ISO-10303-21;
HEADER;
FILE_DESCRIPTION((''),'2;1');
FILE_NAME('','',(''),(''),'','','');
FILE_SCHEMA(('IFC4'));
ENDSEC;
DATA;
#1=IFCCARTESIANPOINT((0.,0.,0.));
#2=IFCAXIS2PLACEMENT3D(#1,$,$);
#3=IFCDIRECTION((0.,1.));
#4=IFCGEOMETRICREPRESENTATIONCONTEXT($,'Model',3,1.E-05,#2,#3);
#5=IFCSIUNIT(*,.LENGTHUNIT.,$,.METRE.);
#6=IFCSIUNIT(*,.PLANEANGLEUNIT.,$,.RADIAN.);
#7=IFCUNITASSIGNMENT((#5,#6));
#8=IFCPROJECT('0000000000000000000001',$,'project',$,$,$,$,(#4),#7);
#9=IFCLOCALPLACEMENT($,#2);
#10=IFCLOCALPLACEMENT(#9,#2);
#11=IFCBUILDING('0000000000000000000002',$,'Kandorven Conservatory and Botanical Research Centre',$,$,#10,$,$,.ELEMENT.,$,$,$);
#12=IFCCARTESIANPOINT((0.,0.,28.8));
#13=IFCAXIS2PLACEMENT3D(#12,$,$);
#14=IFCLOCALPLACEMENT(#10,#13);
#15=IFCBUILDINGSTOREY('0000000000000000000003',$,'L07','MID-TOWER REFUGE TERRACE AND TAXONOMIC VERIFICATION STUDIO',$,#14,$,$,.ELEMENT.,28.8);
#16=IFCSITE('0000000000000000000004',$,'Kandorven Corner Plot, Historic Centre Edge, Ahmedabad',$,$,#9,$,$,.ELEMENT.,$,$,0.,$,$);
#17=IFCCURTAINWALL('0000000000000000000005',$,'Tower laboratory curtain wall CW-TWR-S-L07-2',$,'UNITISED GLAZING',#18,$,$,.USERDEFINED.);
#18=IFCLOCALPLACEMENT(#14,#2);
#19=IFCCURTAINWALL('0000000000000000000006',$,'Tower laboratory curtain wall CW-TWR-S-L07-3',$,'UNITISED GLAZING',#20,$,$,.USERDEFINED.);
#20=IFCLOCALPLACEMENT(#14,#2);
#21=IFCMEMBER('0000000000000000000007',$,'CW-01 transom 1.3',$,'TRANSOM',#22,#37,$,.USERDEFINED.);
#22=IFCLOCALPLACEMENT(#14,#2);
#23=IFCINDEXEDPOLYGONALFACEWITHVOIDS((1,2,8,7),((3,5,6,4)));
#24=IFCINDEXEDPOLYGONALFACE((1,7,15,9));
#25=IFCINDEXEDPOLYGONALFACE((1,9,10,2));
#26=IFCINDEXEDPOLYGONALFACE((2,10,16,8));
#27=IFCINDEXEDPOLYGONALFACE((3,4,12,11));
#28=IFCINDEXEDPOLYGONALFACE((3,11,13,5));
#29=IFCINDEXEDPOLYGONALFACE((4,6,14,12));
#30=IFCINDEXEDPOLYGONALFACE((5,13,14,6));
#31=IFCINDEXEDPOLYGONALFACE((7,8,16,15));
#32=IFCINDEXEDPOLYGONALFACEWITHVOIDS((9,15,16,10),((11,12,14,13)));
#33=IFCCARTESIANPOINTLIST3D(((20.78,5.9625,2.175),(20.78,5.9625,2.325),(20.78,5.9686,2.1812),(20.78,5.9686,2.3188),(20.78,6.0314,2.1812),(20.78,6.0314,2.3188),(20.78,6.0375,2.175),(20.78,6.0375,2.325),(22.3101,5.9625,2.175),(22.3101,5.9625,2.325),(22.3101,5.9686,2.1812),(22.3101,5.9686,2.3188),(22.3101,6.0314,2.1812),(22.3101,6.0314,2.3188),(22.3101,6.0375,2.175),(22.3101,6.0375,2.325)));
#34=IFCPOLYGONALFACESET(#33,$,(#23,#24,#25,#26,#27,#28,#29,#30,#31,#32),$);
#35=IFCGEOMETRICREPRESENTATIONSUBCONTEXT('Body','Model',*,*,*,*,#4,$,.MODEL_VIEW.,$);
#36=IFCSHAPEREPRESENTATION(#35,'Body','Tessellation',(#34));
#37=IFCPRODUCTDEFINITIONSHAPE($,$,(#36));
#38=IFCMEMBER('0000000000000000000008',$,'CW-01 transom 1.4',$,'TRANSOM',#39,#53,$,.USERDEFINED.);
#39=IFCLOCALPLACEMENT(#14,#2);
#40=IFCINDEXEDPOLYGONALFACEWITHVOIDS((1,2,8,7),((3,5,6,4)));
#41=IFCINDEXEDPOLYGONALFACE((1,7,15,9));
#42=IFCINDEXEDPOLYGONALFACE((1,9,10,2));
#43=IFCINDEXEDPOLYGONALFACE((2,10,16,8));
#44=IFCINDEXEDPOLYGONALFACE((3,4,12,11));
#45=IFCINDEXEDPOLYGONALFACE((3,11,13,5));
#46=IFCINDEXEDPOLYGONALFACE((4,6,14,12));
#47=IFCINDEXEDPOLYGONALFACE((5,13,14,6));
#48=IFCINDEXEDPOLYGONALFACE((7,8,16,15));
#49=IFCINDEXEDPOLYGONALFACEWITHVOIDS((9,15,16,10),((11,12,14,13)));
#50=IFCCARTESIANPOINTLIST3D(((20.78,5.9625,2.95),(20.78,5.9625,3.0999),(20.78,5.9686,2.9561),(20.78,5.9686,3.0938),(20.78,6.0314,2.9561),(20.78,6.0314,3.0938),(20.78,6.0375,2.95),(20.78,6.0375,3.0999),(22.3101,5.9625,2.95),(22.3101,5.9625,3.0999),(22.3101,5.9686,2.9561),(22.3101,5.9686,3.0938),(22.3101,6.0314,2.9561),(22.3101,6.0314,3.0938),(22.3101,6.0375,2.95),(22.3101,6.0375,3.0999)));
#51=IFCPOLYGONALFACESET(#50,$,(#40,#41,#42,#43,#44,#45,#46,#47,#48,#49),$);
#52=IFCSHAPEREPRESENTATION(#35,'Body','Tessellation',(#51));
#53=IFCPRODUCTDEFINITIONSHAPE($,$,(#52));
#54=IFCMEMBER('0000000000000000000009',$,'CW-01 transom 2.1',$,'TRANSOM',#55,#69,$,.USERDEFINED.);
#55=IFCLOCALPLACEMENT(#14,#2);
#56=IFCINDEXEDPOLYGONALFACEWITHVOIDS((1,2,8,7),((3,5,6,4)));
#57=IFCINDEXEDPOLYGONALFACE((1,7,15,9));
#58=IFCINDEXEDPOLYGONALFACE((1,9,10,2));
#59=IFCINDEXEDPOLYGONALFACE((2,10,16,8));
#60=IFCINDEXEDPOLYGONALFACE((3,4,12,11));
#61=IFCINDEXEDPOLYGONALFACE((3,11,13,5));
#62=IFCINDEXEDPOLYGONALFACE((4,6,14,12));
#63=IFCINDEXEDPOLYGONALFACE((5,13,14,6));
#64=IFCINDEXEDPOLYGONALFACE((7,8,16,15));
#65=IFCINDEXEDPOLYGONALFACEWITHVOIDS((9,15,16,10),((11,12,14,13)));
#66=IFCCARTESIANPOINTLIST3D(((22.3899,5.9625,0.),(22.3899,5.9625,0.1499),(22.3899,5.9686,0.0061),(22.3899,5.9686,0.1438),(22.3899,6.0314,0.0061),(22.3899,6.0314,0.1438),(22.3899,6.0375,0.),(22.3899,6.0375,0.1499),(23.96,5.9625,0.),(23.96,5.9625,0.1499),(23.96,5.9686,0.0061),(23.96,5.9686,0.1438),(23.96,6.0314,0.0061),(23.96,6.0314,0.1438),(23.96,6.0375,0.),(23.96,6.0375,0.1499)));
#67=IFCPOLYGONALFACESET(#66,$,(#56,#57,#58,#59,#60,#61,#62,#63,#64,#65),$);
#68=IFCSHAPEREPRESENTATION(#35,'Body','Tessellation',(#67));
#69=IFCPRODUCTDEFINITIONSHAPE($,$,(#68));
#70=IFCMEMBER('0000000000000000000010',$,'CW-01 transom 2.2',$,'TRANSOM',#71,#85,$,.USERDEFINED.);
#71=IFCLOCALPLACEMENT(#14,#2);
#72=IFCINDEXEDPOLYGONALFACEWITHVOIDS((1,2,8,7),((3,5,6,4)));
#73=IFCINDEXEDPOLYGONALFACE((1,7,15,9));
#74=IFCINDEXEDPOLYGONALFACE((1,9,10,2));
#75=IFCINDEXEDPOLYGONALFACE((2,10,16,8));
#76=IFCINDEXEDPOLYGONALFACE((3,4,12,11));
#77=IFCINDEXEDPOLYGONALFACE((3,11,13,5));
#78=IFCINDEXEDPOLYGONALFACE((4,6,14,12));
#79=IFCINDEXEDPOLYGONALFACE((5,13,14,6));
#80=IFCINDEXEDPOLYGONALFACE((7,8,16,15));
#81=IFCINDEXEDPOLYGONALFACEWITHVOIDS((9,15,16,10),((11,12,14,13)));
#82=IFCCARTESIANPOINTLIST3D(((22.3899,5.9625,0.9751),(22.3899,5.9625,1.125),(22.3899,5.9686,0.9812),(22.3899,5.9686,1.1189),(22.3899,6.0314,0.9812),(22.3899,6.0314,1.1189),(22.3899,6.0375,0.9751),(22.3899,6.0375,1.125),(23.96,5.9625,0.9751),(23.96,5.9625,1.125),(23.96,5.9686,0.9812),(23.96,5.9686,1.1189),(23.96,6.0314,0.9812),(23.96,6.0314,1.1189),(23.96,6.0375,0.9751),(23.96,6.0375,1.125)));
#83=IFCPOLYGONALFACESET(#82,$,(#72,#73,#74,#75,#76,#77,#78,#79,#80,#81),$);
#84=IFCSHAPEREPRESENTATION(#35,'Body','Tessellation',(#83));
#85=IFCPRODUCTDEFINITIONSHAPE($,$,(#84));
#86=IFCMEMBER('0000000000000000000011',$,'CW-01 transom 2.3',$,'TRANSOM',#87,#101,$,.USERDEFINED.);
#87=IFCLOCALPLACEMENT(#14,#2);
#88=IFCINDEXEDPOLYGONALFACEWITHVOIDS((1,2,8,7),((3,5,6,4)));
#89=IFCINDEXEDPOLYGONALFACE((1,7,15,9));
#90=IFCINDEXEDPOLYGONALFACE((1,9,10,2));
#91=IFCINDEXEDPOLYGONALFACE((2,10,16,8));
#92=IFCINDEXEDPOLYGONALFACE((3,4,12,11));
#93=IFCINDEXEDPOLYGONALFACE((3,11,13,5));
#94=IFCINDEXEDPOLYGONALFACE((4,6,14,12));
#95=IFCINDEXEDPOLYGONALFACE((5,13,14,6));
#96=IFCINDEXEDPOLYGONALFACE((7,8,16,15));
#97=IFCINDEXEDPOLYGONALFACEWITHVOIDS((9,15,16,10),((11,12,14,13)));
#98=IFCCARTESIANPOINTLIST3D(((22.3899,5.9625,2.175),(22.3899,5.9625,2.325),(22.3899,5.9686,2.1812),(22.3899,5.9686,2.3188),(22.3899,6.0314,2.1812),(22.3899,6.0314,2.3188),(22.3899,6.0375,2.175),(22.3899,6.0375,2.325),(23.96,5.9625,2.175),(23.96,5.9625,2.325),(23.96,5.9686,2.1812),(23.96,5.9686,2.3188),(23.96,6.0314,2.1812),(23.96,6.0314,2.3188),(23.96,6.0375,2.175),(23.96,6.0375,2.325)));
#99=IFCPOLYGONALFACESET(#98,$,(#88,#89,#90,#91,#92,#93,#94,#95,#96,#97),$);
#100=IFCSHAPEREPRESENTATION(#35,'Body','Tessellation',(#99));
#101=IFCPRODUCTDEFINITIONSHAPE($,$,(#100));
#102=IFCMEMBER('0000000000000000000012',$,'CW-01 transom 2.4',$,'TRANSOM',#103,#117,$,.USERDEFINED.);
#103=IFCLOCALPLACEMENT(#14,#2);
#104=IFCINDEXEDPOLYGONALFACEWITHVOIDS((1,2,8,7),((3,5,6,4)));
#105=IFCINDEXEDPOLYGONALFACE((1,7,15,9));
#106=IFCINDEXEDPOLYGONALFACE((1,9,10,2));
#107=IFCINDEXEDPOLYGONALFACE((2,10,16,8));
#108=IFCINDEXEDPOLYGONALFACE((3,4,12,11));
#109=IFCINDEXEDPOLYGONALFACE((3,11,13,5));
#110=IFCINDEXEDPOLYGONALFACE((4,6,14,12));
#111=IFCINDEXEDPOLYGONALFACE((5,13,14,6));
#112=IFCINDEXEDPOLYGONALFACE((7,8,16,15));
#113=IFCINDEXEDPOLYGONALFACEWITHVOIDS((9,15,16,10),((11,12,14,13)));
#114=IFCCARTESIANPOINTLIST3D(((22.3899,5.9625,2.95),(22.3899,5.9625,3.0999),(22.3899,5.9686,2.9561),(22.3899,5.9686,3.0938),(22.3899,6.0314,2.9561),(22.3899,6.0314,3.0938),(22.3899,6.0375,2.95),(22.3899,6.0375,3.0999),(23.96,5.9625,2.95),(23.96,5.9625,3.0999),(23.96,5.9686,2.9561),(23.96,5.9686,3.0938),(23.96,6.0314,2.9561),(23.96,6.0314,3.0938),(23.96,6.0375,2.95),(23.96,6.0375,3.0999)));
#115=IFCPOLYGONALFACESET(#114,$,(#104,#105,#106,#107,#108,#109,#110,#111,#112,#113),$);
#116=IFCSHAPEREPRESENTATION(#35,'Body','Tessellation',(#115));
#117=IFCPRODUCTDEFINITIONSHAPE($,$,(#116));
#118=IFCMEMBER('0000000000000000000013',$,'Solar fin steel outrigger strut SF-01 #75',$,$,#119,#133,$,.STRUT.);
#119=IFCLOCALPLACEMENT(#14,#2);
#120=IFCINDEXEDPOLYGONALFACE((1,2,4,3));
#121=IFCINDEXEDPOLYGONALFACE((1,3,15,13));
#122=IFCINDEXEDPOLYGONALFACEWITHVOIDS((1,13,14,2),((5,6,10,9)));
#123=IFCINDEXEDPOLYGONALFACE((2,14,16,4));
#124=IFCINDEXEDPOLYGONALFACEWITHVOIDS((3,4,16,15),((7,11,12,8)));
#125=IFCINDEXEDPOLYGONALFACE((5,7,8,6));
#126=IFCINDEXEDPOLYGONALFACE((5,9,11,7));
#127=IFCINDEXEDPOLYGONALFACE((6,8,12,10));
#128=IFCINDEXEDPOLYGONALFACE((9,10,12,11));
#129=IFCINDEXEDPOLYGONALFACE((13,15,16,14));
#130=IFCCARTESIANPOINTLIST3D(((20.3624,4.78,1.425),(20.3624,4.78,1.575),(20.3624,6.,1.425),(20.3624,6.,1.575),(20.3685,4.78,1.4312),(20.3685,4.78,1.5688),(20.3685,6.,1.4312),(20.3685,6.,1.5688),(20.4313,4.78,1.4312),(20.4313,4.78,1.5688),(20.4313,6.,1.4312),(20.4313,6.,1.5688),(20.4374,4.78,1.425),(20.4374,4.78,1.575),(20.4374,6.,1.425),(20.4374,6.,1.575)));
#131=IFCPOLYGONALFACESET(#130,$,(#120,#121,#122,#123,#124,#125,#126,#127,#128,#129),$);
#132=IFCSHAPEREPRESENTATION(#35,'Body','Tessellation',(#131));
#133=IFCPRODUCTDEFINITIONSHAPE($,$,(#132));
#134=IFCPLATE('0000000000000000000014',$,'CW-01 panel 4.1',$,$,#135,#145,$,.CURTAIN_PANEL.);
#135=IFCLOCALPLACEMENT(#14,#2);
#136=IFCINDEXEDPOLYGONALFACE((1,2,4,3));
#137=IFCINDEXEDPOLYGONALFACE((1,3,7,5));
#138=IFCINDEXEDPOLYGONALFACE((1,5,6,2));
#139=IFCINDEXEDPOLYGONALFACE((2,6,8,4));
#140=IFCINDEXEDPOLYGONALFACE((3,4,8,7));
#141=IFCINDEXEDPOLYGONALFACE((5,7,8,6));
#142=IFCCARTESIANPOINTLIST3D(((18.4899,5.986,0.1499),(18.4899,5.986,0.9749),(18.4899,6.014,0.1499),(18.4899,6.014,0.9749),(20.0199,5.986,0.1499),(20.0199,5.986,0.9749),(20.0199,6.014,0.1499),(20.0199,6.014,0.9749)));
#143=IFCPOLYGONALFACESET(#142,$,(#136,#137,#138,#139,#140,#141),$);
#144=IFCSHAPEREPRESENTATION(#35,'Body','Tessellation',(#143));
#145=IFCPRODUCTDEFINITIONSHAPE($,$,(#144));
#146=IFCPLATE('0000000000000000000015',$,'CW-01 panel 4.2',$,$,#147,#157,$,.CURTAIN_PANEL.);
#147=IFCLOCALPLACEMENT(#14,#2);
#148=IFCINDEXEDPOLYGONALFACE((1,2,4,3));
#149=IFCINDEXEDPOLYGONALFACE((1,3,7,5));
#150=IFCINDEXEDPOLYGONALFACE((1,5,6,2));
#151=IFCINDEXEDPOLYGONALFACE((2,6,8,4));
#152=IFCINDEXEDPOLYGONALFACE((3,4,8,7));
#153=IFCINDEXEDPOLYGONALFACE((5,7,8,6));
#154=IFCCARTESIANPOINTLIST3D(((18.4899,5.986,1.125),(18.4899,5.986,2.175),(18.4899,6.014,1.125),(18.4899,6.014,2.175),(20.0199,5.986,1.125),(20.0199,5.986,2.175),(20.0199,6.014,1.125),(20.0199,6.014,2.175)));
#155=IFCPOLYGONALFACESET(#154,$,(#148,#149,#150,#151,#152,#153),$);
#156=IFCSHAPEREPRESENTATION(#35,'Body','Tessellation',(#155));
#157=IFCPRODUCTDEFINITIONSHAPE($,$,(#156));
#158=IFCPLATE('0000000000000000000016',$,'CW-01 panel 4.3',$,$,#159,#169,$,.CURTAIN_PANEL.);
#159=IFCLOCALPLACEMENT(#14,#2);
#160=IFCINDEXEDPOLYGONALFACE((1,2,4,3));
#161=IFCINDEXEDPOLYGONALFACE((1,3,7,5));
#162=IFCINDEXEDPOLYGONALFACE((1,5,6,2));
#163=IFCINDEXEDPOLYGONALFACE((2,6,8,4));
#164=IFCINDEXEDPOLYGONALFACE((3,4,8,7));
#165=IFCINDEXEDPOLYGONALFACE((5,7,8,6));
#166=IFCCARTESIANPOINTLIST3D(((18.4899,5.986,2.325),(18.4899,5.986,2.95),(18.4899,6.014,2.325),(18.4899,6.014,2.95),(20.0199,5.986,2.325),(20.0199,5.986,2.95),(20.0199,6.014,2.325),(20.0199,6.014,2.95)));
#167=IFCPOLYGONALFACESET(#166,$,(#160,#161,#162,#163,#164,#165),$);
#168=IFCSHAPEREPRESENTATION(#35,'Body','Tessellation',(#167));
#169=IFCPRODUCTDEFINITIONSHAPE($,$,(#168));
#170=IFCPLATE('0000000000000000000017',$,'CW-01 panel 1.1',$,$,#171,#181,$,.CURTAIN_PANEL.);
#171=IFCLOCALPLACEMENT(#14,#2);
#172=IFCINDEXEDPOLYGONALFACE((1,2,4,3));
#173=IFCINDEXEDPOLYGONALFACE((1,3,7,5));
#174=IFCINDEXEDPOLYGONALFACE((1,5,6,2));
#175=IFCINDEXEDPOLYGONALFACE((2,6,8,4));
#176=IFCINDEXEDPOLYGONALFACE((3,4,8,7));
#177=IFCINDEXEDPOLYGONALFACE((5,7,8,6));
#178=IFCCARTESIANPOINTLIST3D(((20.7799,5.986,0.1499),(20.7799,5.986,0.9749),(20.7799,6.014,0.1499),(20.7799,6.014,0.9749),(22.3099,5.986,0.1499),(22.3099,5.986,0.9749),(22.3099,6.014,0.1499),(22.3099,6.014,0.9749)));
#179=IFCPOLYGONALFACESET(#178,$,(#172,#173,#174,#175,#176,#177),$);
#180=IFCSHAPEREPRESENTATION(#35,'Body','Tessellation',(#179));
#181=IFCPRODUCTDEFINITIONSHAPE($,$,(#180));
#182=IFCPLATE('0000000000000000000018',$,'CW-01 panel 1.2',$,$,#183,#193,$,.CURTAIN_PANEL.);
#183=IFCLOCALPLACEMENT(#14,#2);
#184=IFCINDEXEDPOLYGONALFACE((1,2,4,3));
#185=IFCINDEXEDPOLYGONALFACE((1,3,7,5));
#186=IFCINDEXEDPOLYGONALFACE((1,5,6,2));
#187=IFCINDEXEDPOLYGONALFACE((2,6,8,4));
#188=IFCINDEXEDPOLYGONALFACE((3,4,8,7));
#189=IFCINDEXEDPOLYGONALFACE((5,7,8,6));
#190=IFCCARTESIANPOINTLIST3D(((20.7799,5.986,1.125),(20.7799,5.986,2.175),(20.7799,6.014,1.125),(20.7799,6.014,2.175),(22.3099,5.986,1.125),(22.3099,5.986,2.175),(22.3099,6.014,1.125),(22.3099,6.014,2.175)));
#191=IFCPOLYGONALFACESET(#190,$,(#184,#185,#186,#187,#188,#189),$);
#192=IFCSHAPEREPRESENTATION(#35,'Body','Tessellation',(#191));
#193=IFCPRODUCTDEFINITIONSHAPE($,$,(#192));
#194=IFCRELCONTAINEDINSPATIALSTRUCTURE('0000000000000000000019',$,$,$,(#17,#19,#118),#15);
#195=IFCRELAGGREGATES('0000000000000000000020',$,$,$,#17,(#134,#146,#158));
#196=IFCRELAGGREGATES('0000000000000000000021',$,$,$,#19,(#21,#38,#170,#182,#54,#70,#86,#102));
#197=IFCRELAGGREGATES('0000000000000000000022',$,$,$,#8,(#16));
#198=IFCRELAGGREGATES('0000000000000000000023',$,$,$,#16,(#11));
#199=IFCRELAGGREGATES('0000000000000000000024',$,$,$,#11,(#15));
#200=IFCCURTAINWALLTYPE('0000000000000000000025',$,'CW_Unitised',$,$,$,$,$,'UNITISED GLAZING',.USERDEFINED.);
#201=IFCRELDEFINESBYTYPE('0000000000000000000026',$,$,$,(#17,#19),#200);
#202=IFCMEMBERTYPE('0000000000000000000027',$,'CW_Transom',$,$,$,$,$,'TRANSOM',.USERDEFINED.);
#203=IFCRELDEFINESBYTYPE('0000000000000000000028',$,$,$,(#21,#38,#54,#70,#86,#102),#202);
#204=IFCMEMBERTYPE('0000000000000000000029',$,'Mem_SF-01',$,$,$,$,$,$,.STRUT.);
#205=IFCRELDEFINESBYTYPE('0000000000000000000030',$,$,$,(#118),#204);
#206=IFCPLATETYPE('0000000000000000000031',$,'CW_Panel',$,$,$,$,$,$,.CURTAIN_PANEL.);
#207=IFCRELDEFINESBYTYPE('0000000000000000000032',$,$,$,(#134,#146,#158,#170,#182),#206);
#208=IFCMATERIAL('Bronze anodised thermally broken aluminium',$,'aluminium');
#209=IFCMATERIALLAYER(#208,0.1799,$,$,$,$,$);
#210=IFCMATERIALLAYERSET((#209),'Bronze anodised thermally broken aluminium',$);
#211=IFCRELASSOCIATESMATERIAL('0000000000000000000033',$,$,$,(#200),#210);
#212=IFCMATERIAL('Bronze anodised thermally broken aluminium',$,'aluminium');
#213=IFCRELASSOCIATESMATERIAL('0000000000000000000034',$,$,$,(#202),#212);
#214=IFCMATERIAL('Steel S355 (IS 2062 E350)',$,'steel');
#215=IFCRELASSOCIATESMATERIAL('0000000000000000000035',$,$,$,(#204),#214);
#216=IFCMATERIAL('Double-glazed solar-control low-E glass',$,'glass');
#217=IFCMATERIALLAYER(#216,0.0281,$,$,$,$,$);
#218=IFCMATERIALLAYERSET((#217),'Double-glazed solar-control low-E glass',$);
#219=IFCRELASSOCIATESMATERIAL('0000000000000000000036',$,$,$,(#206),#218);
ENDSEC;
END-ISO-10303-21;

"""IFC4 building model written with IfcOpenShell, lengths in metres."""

from ifc_helpers import new_model, si_unit, direction, frame, origin, origin_2d, place, context, subcontext, project, spatial, rectangle, hollow_rectangle, extrude, material, layer, layer_set, material_profile, profile_set, type_object, element, aggregate, save


model = new_model("IFC4")

# Units and contexts
model_context = context("Model", 3, precision=1e-05, world=origin(), true_north=direction((0.0, 1.0)))
body_context = subcontext(model_context, "Body", "Model", "MODEL_VIEW")
ifc_project = project(units=[si_unit("LENGTHUNIT", "METRE"), si_unit("PLANEANGLEUNIT", "RADIAN")], contexts=[model_context])

# Site, building, storey
site_placement = place(None, origin())
site = spatial("IfcSite", under=ifc_project, at=site_placement, Name="Kandorven Corner Plot, Historic Centre Edge, Ahmedabad", CompositionType="ELEMENT", RefElevation=0.0)
building_placement = place(site_placement, origin())
building = spatial("IfcBuilding", under=site, at=building_placement, Name="Kandorven Conservatory and Botanical Research Centre", CompositionType="ELEMENT")
storey_placement = place(building_placement, frame((0.0, 0.0, 28.8)))
storey = spatial("IfcBuildingStorey", under=building, at=storey_placement, Name="L07", Description="MID-TOWER REFUGE TERRACE AND TAXONOMIC VERIFICATION STUDIO", CompositionType="ELEMENT", Elevation=28.8)

# Curtain wall
ifc_material_1 = material(Name="Bronze anodised thermally broken aluminium", Category="aluminium")
ifc_layer_1 = layer(ifc_material_1, 0.1799)
ifc_layer_set_1 = layer_set([ifc_layer_1], Name="Bronze anodised thermally broken aluminium")
curtain_wall_type = type_object("IfcCurtainWallType", Name="CW_Unitised", ElementType="UNITISED GLAZING", PredefinedType="USERDEFINED", material=ifc_layer_set_1)
curtain_wall_1_placement = place(storey_placement, origin())
curtain_wall_1 = element("IfcCurtainWall", 1, at=curtain_wall_1_placement, inside=storey, type_object=curtain_wall_type, Name="Tower laboratory curtain wall CW-TWR-S-L07-2", ObjectType="UNITISED GLAZING", PredefinedType="USERDEFINED")

# Curtain wall
curtain_wall_2_placement = place(storey_placement, origin())
curtain_wall_2 = element("IfcCurtainWall", 2, at=curtain_wall_2_placement, inside=storey, type_object=curtain_wall_type, Name="Tower laboratory curtain wall CW-TWR-S-L07-3", ObjectType="UNITISED GLAZING", PredefinedType="USERDEFINED")

# Members
ifc_material_2 = material(Name="Bronze anodised thermally broken aluminium", Category="aluminium")
ifc_material_profile_1 = material_profile(ifc_material_2, hollow_rectangle(XDim=0.075, YDim=0.1499, WallThickness=0.0061, at=origin_2d()))
ifc_profile_set_1 = profile_set([ifc_material_profile_1], Name="Bronze anodised thermally broken aluminium")
member_type_1 = type_object("IfcMemberType", Name="CW_Transom", ElementType="TRANSOM", PredefinedType="USERDEFINED", material=ifc_profile_set_1)
member_1_placement = place(storey_placement, frame((20.78, 6.0, 2.25), z_axis=(1.0, 0.0, 0.0), x_axis=(0.0, 1.0, 0.0)))
member_1 = element("IfcMember", 3, at=member_1_placement, type_object=member_type_1, Name="CW-01 transom 1.3", ObjectType="TRANSOM", PredefinedType="USERDEFINED", context=body_context, shape_type="SweptSolid", body=[
    extrude(hollow_rectangle(XDim=0.075, YDim=0.1499, WallThickness=0.0061, at=origin_2d()), origin(), (0.0, 0.0, 1.0), 1.53),
])
member_2_placement = place(storey_placement, frame((20.78, 6.0, 3.0249), z_axis=(1.0, 0.0, 0.0), x_axis=(0.0, 1.0, 0.0)))
member_2 = element("IfcMember", 4, at=member_2_placement, type_object=member_type_1, Name="CW-01 transom 1.4", ObjectType="TRANSOM", PredefinedType="USERDEFINED", context=body_context, shape_type="SweptSolid", body=[
    extrude(hollow_rectangle(XDim=0.075, YDim=0.1499, WallThickness=0.0061, at=origin_2d()), origin(), (0.0, 0.0, 1.0), 1.53),
])
member_3_placement = place(storey_placement, frame((22.3899, 6.0, 0.075), z_axis=(1.0, 0.0, 0.0), x_axis=(0.0, 1.0, 0.0)))
member_3 = element("IfcMember", 5, at=member_3_placement, type_object=member_type_1, Name="CW-01 transom 2.1", ObjectType="TRANSOM", PredefinedType="USERDEFINED", context=body_context, shape_type="SweptSolid", body=[
    extrude(hollow_rectangle(XDim=0.075, YDim=0.1499, WallThickness=0.0061, at=origin_2d()), origin(), (0.0, 0.0, 1.0), 1.5701),
])
member_4_placement = place(storey_placement, frame((22.3899, 6.0, 1.05), z_axis=(1.0, 0.0, 0.0), x_axis=(0.0, 1.0, 0.0)))
member_4 = element("IfcMember", 6, at=member_4_placement, type_object=member_type_1, Name="CW-01 transom 2.2", ObjectType="TRANSOM", PredefinedType="USERDEFINED", context=body_context, shape_type="SweptSolid", body=[
    extrude(hollow_rectangle(XDim=0.075, YDim=0.1499, WallThickness=0.0061, at=origin_2d()), origin(), (0.0, 0.0, 1.0), 1.5701),
])
member_5_placement = place(storey_placement, frame((22.3899, 6.0, 2.25), z_axis=(1.0, 0.0, 0.0), x_axis=(0.0, 1.0, 0.0)))
member_5 = element("IfcMember", 7, at=member_5_placement, type_object=member_type_1, Name="CW-01 transom 2.3", ObjectType="TRANSOM", PredefinedType="USERDEFINED", context=body_context, shape_type="SweptSolid", body=[
    extrude(hollow_rectangle(XDim=0.075, YDim=0.1499, WallThickness=0.0061, at=origin_2d()), origin(), (0.0, 0.0, 1.0), 1.5701),
])
member_6_placement = place(storey_placement, frame((22.3899, 6.0, 3.0249), z_axis=(1.0, 0.0, 0.0), x_axis=(0.0, 1.0, 0.0)))
member_6 = element("IfcMember", 8, at=member_6_placement, type_object=member_type_1, Name="CW-01 transom 2.4", ObjectType="TRANSOM", PredefinedType="USERDEFINED", context=body_context, shape_type="SweptSolid", body=[
    extrude(hollow_rectangle(XDim=0.075, YDim=0.1499, WallThickness=0.0061, at=origin_2d()), origin(), (0.0, 0.0, 1.0), 1.5701),
])
ifc_material_3 = material(Name="Steel S355 (IS 2062 E350)", Category="steel")
ifc_material_profile_2 = material_profile(ifc_material_3, hollow_rectangle(XDim=0.075, YDim=0.1499, WallThickness=0.0061, at=origin_2d()))
ifc_profile_set_2 = profile_set([ifc_material_profile_2], Name="Steel S355 (IS 2062 E350)")
member_type_2 = type_object("IfcMemberType", Name="Mem_SF-01", PredefinedType="STRUT", material=ifc_profile_set_2)
member_7_placement = place(storey_placement, frame((20.3999, 6.0, 1.5), z_axis=(0.0, -1.0, 0.0), x_axis=(1.0, 0.0, 0.0)))
element("IfcMember", 9, at=member_7_placement, inside=storey, type_object=member_type_2, Name="Solar fin steel outrigger strut SF-01 #75", PredefinedType="STRUT", context=body_context, shape_type="SweptSolid", body=[
    extrude(hollow_rectangle(XDim=0.075, YDim=0.1499, WallThickness=0.0061, at=origin_2d()), origin(), (0.0, 0.0, 1.0), 1.22),
])

# Plates
ifc_material_4 = material(Name="Double-glazed solar-control low-E glass", Category="glass")
ifc_layer_2 = layer(ifc_material_4, 0.0281)
ifc_layer_set_2 = layer_set([ifc_layer_2], Name="Double-glazed solar-control low-E glass")
plate_type_1 = type_object("IfcPlateType", Name="CW_Panel", PredefinedType="CURTAIN_PANEL", material=ifc_layer_set_2)
plate_1_placement = place(storey_placement, frame((19.2549, 6.0, 0.1499), z_axis=(0.0, 0.0, 1.0), x_axis=(1.0, 0.0, 0.0)))
plate_1 = element("IfcPlate", 10, at=plate_1_placement, type_object=plate_type_1, Name="CW-01 panel 4.1", PredefinedType="CURTAIN_PANEL", context=body_context, shape_type="SweptSolid", body=[
    extrude(rectangle(XDim=1.53, YDim=0.0281, at=origin_2d()), origin(), (0.0, 0.0, 1.0), 0.825),
])
plate_2_placement = place(storey_placement, frame((19.2549, 6.0, 1.125), z_axis=(0.0, 0.0, 1.0), x_axis=(1.0, 0.0, 0.0)))
plate_2 = element("IfcPlate", 11, at=plate_2_placement, type_object=plate_type_1, Name="CW-01 panel 4.2", PredefinedType="CURTAIN_PANEL", context=body_context, shape_type="SweptSolid", body=[
    extrude(rectangle(XDim=1.53, YDim=0.0281, at=origin_2d()), origin(), (0.0, 0.0, 1.0), 1.05),
])
plate_3_placement = place(storey_placement, frame((19.2549, 6.0, 2.325), z_axis=(0.0, 0.0, 1.0), x_axis=(1.0, 0.0, 0.0)))
plate_3 = element("IfcPlate", 12, at=plate_3_placement, type_object=plate_type_1, Name="CW-01 panel 4.3", PredefinedType="CURTAIN_PANEL", context=body_context, shape_type="SweptSolid", body=[
    extrude(rectangle(XDim=1.53, YDim=0.0281, at=origin_2d()), origin(), (0.0, 0.0, 1.0), 0.625),
])
aggregate(curtain_wall_1, [plate_1, plate_2, plate_3])
plate_4_placement = place(storey_placement, frame((21.5449, 6.0, 0.1499), z_axis=(0.0, 0.0, 1.0), x_axis=(1.0, 0.0, 0.0)))
plate_4 = element("IfcPlate", 13, at=plate_4_placement, type_object=plate_type_1, Name="CW-01 panel 1.1", PredefinedType="CURTAIN_PANEL", context=body_context, shape_type="SweptSolid", body=[
    extrude(rectangle(XDim=1.53, YDim=0.0281, at=origin_2d()), origin(), (0.0, 0.0, 1.0), 0.825),
])
plate_5_placement = place(storey_placement, frame((21.5449, 6.0, 1.125), z_axis=(0.0, 0.0, 1.0), x_axis=(1.0, 0.0, 0.0)))
plate_5 = element("IfcPlate", 14, at=plate_5_placement, type_object=plate_type_1, Name="CW-01 panel 1.2", PredefinedType="CURTAIN_PANEL", context=body_context, shape_type="SweptSolid", body=[
    extrude(rectangle(XDim=1.53, YDim=0.0281, at=origin_2d()), origin(), (0.0, 0.0, 1.0), 1.05),
])
aggregate(curtain_wall_2, [member_1, member_2, plate_4, plate_5, member_3, member_4, member_5, member_6])

save(model, "model.ifc")
